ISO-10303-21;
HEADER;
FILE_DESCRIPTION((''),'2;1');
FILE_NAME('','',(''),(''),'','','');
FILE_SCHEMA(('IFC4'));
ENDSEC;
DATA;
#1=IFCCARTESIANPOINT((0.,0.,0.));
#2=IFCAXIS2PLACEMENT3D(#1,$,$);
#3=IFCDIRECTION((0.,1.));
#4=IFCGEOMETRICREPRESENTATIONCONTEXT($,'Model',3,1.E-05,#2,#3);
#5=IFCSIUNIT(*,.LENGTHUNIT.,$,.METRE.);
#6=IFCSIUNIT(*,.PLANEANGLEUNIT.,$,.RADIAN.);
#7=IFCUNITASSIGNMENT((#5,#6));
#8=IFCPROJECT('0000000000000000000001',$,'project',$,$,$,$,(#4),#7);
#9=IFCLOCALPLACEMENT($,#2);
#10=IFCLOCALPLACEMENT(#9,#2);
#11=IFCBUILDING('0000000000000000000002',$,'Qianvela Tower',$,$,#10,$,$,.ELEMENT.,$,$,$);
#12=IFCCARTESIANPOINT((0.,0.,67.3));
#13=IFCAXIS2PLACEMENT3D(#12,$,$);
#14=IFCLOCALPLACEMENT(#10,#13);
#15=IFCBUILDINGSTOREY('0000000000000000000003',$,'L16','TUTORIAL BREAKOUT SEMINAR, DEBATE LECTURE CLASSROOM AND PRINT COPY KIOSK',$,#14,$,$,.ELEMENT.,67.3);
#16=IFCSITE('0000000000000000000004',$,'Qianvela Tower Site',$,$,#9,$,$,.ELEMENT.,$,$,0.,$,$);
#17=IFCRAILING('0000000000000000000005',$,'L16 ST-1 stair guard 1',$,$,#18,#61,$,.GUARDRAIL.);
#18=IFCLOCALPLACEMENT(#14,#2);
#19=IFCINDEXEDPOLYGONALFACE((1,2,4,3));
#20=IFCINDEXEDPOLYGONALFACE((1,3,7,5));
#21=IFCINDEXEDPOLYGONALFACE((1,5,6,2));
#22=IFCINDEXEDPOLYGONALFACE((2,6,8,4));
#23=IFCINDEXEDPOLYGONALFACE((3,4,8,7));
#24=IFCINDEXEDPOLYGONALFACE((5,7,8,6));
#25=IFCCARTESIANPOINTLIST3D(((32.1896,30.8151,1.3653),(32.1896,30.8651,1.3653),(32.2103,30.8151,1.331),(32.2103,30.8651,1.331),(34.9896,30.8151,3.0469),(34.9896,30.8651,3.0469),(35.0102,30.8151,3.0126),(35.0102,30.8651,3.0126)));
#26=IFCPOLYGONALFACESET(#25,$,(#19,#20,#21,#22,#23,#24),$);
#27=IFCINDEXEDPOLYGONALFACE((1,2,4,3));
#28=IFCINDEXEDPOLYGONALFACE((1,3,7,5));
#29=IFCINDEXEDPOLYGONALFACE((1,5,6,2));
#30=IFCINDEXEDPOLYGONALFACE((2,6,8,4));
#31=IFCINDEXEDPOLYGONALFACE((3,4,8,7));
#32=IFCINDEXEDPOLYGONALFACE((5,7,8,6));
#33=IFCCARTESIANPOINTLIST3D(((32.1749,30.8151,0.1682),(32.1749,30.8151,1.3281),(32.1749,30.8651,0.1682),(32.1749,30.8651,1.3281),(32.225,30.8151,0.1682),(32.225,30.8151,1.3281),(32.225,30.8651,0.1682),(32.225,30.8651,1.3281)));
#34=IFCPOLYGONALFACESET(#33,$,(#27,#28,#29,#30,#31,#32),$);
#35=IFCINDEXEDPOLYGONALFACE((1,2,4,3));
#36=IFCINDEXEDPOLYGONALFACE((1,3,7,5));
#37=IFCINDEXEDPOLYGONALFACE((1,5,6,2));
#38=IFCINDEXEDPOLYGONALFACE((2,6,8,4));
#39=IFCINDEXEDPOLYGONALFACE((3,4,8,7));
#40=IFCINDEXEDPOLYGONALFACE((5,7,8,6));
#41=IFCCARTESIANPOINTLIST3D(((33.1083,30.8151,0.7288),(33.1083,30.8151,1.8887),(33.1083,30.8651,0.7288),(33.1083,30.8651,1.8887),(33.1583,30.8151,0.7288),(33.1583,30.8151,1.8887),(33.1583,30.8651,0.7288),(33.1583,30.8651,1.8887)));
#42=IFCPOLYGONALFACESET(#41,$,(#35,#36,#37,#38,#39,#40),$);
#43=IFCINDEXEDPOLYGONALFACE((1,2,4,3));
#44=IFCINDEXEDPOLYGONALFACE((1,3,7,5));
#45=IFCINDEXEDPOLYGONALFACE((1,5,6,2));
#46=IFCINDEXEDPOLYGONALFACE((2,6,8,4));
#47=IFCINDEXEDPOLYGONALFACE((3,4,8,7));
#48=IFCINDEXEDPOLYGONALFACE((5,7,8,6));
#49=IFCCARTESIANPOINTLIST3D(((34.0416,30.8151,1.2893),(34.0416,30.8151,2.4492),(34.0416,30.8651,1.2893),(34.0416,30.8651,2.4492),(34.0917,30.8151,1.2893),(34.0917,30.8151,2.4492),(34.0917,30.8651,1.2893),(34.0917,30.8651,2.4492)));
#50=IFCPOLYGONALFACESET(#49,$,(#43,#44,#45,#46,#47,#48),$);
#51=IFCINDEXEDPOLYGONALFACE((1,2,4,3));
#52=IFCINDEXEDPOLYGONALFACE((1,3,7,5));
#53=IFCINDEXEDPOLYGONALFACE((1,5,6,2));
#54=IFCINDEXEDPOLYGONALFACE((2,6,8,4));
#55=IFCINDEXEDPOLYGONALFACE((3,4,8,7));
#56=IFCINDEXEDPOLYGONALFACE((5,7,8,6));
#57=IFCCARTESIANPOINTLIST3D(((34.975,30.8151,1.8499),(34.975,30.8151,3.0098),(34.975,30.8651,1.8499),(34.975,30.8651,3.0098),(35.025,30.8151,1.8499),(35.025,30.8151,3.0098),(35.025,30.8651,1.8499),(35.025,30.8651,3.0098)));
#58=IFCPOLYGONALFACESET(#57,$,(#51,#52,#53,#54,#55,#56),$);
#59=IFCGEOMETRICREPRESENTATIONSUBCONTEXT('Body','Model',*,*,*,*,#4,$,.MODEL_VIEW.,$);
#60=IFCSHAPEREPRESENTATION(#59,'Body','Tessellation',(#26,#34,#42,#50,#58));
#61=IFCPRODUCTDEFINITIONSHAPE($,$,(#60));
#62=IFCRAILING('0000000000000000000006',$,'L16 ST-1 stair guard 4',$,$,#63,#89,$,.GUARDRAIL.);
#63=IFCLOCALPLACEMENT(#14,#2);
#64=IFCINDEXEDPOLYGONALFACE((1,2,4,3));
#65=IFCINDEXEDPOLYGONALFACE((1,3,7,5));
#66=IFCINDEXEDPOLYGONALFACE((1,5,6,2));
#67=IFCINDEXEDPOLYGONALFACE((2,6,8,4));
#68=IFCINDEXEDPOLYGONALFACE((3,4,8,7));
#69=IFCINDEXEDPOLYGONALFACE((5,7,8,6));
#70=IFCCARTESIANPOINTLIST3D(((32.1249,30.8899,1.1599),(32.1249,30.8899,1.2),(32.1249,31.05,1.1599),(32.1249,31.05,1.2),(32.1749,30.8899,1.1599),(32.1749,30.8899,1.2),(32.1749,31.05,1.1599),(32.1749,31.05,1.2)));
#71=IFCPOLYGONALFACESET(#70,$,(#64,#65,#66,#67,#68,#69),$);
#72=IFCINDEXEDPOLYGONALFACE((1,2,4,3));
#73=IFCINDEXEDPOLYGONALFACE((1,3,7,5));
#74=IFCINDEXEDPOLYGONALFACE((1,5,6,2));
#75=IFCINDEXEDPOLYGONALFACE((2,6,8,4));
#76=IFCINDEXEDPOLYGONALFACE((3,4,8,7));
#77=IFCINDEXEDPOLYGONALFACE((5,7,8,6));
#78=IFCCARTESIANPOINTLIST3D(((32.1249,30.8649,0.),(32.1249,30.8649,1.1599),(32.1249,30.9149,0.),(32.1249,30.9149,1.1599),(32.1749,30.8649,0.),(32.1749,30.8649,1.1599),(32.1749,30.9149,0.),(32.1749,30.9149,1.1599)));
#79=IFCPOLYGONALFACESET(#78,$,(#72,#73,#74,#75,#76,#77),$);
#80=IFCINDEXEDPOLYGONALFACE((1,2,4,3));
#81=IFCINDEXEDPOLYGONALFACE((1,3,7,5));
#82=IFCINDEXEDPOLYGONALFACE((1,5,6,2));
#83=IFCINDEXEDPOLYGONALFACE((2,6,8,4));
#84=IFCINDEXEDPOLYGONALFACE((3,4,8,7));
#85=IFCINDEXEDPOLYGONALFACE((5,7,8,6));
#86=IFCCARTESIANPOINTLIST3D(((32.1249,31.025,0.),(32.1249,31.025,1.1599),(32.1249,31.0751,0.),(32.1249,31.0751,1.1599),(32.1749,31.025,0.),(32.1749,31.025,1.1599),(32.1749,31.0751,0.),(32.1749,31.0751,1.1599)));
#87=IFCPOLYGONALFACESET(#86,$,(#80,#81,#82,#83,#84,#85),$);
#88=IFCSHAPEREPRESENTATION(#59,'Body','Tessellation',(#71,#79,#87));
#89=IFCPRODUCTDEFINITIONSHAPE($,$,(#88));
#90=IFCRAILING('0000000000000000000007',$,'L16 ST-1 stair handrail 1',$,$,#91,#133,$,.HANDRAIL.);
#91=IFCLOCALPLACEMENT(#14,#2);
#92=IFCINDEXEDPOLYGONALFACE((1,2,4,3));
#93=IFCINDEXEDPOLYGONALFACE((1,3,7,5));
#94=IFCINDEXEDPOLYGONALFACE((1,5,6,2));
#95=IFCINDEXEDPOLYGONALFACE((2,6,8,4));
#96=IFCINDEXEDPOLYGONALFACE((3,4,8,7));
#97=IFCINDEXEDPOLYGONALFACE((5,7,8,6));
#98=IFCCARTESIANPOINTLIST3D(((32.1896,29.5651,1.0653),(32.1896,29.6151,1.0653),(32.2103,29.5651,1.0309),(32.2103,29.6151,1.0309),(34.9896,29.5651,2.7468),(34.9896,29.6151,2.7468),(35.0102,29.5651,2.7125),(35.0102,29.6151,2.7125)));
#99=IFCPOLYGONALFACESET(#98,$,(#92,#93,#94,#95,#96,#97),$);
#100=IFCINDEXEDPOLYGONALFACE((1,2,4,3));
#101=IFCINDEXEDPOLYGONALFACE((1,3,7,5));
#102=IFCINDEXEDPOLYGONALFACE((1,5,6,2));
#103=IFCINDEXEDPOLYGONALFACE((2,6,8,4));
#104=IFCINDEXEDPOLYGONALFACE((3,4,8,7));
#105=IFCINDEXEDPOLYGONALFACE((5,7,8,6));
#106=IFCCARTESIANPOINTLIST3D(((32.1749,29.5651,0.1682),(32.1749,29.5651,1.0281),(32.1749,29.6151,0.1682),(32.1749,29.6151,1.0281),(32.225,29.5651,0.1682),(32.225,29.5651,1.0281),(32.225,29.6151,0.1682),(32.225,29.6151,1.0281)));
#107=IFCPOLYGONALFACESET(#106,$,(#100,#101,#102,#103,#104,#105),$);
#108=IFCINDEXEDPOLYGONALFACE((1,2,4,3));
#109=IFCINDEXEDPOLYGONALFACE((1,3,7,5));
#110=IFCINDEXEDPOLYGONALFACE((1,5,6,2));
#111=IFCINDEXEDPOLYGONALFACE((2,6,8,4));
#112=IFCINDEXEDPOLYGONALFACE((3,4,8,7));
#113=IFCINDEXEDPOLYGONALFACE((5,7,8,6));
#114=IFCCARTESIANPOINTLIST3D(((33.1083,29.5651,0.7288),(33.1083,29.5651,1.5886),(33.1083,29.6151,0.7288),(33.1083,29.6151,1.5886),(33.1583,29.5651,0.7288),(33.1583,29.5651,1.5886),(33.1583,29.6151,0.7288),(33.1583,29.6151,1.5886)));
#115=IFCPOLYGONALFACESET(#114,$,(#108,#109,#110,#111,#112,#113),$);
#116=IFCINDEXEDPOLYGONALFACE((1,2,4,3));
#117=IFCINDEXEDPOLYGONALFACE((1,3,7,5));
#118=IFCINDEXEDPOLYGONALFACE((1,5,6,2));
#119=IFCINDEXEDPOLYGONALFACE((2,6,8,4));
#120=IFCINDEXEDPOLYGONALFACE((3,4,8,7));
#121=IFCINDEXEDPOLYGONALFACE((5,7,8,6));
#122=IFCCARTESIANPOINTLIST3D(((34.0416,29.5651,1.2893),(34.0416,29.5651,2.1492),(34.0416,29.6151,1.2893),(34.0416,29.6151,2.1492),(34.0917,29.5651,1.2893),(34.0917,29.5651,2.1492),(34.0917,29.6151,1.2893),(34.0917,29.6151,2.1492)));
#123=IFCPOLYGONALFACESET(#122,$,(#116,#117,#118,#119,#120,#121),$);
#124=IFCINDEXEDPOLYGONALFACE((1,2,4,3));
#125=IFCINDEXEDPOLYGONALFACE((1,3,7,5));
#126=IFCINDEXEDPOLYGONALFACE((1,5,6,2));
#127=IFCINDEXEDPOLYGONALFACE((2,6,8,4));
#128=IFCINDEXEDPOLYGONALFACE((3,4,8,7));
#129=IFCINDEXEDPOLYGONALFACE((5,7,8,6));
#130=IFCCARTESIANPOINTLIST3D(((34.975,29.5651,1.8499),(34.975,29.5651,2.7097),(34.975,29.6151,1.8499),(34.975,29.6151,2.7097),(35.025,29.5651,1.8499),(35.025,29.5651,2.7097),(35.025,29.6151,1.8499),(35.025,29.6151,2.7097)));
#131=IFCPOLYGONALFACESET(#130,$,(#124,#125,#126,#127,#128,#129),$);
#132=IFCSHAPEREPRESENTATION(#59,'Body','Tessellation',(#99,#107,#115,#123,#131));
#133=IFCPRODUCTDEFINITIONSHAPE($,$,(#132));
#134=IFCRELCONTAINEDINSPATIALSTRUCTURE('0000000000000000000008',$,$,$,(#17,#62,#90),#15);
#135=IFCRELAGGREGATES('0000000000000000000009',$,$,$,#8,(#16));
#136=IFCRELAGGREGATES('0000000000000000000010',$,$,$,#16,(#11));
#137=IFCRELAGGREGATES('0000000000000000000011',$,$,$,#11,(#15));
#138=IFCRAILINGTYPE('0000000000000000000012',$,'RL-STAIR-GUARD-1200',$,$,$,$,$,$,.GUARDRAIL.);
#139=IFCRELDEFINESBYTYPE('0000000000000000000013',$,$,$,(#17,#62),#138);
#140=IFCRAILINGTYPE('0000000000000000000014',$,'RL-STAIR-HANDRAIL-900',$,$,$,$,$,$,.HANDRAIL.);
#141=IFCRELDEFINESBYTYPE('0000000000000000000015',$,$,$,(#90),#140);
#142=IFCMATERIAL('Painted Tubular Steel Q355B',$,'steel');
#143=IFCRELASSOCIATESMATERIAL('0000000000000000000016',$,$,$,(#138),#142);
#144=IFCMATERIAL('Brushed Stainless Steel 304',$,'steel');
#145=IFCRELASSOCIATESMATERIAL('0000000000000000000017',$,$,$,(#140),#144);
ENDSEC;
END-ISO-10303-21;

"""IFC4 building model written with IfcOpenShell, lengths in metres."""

from ifc_helpers import new_model, si_unit, direction, frame, origin, origin_2d, place, context, subcontext, project, spatial, rectangle, extrude, material, type_object, element, save


model = new_model("IFC4")

# Units and contexts
model_context = context("Model", 3, precision=1e-05, world=origin(), true_north=direction((0.0, 1.0)))
body_context = subcontext(model_context, "Body", "Model", "MODEL_VIEW")
ifc_project = project(units=[si_unit("LENGTHUNIT", "METRE"), si_unit("PLANEANGLEUNIT", "RADIAN")], contexts=[model_context])

# Site, building, storey
site_placement = place(None, origin())
site = spatial("IfcSite", under=ifc_project, at=site_placement, Name="Qianvela Tower Site", CompositionType="ELEMENT", RefElevation=0.0)
building_placement = place(site_placement, origin())
building = spatial("IfcBuilding", under=site, at=building_placement, Name="Qianvela Tower", CompositionType="ELEMENT")
storey_placement = place(building_placement, frame((0.0, 0.0, 67.3)))
storey = spatial("IfcBuildingStorey", under=building, at=storey_placement, Name="L16", Description="TUTORIAL BREAKOUT SEMINAR, DEBATE LECTURE CLASSROOM AND PRINT COPY KIOSK", CompositionType="ELEMENT", Elevation=67.3)

# Railings
ifc_material_1 = material(Name="Painted Tubular Steel Q355B", Category="steel")
railing_type_1 = type_object("IfcRailingType", Name="RL-STAIR-GUARD-1200", PredefinedType="GUARDRAIL", material=ifc_material_1)
railing_1_placement = place(storey_placement, frame((32.2, 30.8401, 0.1682)))
element("IfcRailing", 1, at=railing_1_placement, inside=storey, type_object=railing_type_1, Name="L16 ST-1 stair guard 1", PredefinedType="GUARDRAIL", context=body_context, shape_type="SweptSolid", body=[
    extrude(rectangle(XDim=0.05, YDim=0.04, at=origin_2d()), frame((0.0, 0.0, 1.1799), z_axis=(0.857275, 0.0, 0.514858), x_axis=(0.0, 1.0, 0.0)), (0.0, 0.0, 1.0), 3.2661),
    extrude(rectangle(XDim=0.05, YDim=0.05, at=origin_2d()), origin(), (0.0, 0.0, 1.0), 1.1599),
    extrude(rectangle(XDim=0.05, YDim=0.05, at=origin_2d()), frame((0.9333, 0.0, 0.5605)), (0.0, 0.0, 1.0), 1.1599),
    extrude(rectangle(XDim=0.05, YDim=0.05, at=origin_2d()), frame((1.8667, 0.0, 1.1211)), (0.0, 0.0, 1.0), 1.1599),
    extrude(rectangle(XDim=0.05, YDim=0.05, at=origin_2d()), frame((2.8, 0.0, 1.6816)), (0.0, 0.0, 1.0), 1.1599),
])
railing_2_placement = place(storey_placement, frame((32.1499, 30.8899, 0.0)))
element("IfcRailing", 2, at=railing_2_placement, inside=storey, type_object=railing_type_1, Name="L16 ST-1 stair guard 4", PredefinedType="GUARDRAIL", context=body_context, shape_type="SweptSolid", body=[
    extrude(rectangle(XDim=0.05, YDim=0.04, at=origin_2d()), frame((0.0, 0.0, 1.1799), z_axis=(0.0, 1.0, 0.0), x_axis=(-1.0, 0.0, 0.0)), (0.0, 0.0, 1.0), 0.1602),
    extrude(rectangle(XDim=0.05, YDim=0.05, at=origin_2d()), origin(), (0.0, 0.0, 1.0), 1.1599),
    extrude(rectangle(XDim=0.05, YDim=0.05, at=origin_2d()), frame((0.0, 0.1602, 0.0)), (0.0, 0.0, 1.0), 1.1599),
])
ifc_material_2 = material(Name="Brushed Stainless Steel 304", Category="steel")
railing_type_2 = type_object("IfcRailingType", Name="RL-STAIR-HANDRAIL-900", PredefinedType="HANDRAIL", material=ifc_material_2)
railing_3_placement = place(storey_placement, frame((32.2, 29.5901, 0.1682)))
element("IfcRailing", 3, at=railing_3_placement, inside=storey, type_object=railing_type_2, Name="L16 ST-1 stair handrail 1", PredefinedType="HANDRAIL", context=body_context, shape_type="SweptSolid", body=[
    extrude(rectangle(XDim=0.05, YDim=0.04, at=origin_2d()), frame((0.0, 0.0, 0.8799), z_axis=(0.857275, 0.0, 0.514858), x_axis=(0.0, 1.0, 0.0)), (0.0, 0.0, 1.0), 3.2661),
    extrude(rectangle(XDim=0.05, YDim=0.05, at=origin_2d()), origin(), (0.0, 0.0, 1.0), 0.8599),
    extrude(rectangle(XDim=0.05, YDim=0.05, at=origin_2d()), frame((0.9333, 0.0, 0.5605)), (0.0, 0.0, 1.0), 0.8599),
    extrude(rectangle(XDim=0.05, YDim=0.05, at=origin_2d()), frame((1.8667, 0.0, 1.1211)), (0.0, 0.0, 1.0), 0.8599),
    extrude(rectangle(XDim=0.05, YDim=0.05, at=origin_2d()), frame((2.8, 0.0, 1.6816)), (0.0, 0.0, 1.0), 0.8599),
])

save(model, "model.ifc")
